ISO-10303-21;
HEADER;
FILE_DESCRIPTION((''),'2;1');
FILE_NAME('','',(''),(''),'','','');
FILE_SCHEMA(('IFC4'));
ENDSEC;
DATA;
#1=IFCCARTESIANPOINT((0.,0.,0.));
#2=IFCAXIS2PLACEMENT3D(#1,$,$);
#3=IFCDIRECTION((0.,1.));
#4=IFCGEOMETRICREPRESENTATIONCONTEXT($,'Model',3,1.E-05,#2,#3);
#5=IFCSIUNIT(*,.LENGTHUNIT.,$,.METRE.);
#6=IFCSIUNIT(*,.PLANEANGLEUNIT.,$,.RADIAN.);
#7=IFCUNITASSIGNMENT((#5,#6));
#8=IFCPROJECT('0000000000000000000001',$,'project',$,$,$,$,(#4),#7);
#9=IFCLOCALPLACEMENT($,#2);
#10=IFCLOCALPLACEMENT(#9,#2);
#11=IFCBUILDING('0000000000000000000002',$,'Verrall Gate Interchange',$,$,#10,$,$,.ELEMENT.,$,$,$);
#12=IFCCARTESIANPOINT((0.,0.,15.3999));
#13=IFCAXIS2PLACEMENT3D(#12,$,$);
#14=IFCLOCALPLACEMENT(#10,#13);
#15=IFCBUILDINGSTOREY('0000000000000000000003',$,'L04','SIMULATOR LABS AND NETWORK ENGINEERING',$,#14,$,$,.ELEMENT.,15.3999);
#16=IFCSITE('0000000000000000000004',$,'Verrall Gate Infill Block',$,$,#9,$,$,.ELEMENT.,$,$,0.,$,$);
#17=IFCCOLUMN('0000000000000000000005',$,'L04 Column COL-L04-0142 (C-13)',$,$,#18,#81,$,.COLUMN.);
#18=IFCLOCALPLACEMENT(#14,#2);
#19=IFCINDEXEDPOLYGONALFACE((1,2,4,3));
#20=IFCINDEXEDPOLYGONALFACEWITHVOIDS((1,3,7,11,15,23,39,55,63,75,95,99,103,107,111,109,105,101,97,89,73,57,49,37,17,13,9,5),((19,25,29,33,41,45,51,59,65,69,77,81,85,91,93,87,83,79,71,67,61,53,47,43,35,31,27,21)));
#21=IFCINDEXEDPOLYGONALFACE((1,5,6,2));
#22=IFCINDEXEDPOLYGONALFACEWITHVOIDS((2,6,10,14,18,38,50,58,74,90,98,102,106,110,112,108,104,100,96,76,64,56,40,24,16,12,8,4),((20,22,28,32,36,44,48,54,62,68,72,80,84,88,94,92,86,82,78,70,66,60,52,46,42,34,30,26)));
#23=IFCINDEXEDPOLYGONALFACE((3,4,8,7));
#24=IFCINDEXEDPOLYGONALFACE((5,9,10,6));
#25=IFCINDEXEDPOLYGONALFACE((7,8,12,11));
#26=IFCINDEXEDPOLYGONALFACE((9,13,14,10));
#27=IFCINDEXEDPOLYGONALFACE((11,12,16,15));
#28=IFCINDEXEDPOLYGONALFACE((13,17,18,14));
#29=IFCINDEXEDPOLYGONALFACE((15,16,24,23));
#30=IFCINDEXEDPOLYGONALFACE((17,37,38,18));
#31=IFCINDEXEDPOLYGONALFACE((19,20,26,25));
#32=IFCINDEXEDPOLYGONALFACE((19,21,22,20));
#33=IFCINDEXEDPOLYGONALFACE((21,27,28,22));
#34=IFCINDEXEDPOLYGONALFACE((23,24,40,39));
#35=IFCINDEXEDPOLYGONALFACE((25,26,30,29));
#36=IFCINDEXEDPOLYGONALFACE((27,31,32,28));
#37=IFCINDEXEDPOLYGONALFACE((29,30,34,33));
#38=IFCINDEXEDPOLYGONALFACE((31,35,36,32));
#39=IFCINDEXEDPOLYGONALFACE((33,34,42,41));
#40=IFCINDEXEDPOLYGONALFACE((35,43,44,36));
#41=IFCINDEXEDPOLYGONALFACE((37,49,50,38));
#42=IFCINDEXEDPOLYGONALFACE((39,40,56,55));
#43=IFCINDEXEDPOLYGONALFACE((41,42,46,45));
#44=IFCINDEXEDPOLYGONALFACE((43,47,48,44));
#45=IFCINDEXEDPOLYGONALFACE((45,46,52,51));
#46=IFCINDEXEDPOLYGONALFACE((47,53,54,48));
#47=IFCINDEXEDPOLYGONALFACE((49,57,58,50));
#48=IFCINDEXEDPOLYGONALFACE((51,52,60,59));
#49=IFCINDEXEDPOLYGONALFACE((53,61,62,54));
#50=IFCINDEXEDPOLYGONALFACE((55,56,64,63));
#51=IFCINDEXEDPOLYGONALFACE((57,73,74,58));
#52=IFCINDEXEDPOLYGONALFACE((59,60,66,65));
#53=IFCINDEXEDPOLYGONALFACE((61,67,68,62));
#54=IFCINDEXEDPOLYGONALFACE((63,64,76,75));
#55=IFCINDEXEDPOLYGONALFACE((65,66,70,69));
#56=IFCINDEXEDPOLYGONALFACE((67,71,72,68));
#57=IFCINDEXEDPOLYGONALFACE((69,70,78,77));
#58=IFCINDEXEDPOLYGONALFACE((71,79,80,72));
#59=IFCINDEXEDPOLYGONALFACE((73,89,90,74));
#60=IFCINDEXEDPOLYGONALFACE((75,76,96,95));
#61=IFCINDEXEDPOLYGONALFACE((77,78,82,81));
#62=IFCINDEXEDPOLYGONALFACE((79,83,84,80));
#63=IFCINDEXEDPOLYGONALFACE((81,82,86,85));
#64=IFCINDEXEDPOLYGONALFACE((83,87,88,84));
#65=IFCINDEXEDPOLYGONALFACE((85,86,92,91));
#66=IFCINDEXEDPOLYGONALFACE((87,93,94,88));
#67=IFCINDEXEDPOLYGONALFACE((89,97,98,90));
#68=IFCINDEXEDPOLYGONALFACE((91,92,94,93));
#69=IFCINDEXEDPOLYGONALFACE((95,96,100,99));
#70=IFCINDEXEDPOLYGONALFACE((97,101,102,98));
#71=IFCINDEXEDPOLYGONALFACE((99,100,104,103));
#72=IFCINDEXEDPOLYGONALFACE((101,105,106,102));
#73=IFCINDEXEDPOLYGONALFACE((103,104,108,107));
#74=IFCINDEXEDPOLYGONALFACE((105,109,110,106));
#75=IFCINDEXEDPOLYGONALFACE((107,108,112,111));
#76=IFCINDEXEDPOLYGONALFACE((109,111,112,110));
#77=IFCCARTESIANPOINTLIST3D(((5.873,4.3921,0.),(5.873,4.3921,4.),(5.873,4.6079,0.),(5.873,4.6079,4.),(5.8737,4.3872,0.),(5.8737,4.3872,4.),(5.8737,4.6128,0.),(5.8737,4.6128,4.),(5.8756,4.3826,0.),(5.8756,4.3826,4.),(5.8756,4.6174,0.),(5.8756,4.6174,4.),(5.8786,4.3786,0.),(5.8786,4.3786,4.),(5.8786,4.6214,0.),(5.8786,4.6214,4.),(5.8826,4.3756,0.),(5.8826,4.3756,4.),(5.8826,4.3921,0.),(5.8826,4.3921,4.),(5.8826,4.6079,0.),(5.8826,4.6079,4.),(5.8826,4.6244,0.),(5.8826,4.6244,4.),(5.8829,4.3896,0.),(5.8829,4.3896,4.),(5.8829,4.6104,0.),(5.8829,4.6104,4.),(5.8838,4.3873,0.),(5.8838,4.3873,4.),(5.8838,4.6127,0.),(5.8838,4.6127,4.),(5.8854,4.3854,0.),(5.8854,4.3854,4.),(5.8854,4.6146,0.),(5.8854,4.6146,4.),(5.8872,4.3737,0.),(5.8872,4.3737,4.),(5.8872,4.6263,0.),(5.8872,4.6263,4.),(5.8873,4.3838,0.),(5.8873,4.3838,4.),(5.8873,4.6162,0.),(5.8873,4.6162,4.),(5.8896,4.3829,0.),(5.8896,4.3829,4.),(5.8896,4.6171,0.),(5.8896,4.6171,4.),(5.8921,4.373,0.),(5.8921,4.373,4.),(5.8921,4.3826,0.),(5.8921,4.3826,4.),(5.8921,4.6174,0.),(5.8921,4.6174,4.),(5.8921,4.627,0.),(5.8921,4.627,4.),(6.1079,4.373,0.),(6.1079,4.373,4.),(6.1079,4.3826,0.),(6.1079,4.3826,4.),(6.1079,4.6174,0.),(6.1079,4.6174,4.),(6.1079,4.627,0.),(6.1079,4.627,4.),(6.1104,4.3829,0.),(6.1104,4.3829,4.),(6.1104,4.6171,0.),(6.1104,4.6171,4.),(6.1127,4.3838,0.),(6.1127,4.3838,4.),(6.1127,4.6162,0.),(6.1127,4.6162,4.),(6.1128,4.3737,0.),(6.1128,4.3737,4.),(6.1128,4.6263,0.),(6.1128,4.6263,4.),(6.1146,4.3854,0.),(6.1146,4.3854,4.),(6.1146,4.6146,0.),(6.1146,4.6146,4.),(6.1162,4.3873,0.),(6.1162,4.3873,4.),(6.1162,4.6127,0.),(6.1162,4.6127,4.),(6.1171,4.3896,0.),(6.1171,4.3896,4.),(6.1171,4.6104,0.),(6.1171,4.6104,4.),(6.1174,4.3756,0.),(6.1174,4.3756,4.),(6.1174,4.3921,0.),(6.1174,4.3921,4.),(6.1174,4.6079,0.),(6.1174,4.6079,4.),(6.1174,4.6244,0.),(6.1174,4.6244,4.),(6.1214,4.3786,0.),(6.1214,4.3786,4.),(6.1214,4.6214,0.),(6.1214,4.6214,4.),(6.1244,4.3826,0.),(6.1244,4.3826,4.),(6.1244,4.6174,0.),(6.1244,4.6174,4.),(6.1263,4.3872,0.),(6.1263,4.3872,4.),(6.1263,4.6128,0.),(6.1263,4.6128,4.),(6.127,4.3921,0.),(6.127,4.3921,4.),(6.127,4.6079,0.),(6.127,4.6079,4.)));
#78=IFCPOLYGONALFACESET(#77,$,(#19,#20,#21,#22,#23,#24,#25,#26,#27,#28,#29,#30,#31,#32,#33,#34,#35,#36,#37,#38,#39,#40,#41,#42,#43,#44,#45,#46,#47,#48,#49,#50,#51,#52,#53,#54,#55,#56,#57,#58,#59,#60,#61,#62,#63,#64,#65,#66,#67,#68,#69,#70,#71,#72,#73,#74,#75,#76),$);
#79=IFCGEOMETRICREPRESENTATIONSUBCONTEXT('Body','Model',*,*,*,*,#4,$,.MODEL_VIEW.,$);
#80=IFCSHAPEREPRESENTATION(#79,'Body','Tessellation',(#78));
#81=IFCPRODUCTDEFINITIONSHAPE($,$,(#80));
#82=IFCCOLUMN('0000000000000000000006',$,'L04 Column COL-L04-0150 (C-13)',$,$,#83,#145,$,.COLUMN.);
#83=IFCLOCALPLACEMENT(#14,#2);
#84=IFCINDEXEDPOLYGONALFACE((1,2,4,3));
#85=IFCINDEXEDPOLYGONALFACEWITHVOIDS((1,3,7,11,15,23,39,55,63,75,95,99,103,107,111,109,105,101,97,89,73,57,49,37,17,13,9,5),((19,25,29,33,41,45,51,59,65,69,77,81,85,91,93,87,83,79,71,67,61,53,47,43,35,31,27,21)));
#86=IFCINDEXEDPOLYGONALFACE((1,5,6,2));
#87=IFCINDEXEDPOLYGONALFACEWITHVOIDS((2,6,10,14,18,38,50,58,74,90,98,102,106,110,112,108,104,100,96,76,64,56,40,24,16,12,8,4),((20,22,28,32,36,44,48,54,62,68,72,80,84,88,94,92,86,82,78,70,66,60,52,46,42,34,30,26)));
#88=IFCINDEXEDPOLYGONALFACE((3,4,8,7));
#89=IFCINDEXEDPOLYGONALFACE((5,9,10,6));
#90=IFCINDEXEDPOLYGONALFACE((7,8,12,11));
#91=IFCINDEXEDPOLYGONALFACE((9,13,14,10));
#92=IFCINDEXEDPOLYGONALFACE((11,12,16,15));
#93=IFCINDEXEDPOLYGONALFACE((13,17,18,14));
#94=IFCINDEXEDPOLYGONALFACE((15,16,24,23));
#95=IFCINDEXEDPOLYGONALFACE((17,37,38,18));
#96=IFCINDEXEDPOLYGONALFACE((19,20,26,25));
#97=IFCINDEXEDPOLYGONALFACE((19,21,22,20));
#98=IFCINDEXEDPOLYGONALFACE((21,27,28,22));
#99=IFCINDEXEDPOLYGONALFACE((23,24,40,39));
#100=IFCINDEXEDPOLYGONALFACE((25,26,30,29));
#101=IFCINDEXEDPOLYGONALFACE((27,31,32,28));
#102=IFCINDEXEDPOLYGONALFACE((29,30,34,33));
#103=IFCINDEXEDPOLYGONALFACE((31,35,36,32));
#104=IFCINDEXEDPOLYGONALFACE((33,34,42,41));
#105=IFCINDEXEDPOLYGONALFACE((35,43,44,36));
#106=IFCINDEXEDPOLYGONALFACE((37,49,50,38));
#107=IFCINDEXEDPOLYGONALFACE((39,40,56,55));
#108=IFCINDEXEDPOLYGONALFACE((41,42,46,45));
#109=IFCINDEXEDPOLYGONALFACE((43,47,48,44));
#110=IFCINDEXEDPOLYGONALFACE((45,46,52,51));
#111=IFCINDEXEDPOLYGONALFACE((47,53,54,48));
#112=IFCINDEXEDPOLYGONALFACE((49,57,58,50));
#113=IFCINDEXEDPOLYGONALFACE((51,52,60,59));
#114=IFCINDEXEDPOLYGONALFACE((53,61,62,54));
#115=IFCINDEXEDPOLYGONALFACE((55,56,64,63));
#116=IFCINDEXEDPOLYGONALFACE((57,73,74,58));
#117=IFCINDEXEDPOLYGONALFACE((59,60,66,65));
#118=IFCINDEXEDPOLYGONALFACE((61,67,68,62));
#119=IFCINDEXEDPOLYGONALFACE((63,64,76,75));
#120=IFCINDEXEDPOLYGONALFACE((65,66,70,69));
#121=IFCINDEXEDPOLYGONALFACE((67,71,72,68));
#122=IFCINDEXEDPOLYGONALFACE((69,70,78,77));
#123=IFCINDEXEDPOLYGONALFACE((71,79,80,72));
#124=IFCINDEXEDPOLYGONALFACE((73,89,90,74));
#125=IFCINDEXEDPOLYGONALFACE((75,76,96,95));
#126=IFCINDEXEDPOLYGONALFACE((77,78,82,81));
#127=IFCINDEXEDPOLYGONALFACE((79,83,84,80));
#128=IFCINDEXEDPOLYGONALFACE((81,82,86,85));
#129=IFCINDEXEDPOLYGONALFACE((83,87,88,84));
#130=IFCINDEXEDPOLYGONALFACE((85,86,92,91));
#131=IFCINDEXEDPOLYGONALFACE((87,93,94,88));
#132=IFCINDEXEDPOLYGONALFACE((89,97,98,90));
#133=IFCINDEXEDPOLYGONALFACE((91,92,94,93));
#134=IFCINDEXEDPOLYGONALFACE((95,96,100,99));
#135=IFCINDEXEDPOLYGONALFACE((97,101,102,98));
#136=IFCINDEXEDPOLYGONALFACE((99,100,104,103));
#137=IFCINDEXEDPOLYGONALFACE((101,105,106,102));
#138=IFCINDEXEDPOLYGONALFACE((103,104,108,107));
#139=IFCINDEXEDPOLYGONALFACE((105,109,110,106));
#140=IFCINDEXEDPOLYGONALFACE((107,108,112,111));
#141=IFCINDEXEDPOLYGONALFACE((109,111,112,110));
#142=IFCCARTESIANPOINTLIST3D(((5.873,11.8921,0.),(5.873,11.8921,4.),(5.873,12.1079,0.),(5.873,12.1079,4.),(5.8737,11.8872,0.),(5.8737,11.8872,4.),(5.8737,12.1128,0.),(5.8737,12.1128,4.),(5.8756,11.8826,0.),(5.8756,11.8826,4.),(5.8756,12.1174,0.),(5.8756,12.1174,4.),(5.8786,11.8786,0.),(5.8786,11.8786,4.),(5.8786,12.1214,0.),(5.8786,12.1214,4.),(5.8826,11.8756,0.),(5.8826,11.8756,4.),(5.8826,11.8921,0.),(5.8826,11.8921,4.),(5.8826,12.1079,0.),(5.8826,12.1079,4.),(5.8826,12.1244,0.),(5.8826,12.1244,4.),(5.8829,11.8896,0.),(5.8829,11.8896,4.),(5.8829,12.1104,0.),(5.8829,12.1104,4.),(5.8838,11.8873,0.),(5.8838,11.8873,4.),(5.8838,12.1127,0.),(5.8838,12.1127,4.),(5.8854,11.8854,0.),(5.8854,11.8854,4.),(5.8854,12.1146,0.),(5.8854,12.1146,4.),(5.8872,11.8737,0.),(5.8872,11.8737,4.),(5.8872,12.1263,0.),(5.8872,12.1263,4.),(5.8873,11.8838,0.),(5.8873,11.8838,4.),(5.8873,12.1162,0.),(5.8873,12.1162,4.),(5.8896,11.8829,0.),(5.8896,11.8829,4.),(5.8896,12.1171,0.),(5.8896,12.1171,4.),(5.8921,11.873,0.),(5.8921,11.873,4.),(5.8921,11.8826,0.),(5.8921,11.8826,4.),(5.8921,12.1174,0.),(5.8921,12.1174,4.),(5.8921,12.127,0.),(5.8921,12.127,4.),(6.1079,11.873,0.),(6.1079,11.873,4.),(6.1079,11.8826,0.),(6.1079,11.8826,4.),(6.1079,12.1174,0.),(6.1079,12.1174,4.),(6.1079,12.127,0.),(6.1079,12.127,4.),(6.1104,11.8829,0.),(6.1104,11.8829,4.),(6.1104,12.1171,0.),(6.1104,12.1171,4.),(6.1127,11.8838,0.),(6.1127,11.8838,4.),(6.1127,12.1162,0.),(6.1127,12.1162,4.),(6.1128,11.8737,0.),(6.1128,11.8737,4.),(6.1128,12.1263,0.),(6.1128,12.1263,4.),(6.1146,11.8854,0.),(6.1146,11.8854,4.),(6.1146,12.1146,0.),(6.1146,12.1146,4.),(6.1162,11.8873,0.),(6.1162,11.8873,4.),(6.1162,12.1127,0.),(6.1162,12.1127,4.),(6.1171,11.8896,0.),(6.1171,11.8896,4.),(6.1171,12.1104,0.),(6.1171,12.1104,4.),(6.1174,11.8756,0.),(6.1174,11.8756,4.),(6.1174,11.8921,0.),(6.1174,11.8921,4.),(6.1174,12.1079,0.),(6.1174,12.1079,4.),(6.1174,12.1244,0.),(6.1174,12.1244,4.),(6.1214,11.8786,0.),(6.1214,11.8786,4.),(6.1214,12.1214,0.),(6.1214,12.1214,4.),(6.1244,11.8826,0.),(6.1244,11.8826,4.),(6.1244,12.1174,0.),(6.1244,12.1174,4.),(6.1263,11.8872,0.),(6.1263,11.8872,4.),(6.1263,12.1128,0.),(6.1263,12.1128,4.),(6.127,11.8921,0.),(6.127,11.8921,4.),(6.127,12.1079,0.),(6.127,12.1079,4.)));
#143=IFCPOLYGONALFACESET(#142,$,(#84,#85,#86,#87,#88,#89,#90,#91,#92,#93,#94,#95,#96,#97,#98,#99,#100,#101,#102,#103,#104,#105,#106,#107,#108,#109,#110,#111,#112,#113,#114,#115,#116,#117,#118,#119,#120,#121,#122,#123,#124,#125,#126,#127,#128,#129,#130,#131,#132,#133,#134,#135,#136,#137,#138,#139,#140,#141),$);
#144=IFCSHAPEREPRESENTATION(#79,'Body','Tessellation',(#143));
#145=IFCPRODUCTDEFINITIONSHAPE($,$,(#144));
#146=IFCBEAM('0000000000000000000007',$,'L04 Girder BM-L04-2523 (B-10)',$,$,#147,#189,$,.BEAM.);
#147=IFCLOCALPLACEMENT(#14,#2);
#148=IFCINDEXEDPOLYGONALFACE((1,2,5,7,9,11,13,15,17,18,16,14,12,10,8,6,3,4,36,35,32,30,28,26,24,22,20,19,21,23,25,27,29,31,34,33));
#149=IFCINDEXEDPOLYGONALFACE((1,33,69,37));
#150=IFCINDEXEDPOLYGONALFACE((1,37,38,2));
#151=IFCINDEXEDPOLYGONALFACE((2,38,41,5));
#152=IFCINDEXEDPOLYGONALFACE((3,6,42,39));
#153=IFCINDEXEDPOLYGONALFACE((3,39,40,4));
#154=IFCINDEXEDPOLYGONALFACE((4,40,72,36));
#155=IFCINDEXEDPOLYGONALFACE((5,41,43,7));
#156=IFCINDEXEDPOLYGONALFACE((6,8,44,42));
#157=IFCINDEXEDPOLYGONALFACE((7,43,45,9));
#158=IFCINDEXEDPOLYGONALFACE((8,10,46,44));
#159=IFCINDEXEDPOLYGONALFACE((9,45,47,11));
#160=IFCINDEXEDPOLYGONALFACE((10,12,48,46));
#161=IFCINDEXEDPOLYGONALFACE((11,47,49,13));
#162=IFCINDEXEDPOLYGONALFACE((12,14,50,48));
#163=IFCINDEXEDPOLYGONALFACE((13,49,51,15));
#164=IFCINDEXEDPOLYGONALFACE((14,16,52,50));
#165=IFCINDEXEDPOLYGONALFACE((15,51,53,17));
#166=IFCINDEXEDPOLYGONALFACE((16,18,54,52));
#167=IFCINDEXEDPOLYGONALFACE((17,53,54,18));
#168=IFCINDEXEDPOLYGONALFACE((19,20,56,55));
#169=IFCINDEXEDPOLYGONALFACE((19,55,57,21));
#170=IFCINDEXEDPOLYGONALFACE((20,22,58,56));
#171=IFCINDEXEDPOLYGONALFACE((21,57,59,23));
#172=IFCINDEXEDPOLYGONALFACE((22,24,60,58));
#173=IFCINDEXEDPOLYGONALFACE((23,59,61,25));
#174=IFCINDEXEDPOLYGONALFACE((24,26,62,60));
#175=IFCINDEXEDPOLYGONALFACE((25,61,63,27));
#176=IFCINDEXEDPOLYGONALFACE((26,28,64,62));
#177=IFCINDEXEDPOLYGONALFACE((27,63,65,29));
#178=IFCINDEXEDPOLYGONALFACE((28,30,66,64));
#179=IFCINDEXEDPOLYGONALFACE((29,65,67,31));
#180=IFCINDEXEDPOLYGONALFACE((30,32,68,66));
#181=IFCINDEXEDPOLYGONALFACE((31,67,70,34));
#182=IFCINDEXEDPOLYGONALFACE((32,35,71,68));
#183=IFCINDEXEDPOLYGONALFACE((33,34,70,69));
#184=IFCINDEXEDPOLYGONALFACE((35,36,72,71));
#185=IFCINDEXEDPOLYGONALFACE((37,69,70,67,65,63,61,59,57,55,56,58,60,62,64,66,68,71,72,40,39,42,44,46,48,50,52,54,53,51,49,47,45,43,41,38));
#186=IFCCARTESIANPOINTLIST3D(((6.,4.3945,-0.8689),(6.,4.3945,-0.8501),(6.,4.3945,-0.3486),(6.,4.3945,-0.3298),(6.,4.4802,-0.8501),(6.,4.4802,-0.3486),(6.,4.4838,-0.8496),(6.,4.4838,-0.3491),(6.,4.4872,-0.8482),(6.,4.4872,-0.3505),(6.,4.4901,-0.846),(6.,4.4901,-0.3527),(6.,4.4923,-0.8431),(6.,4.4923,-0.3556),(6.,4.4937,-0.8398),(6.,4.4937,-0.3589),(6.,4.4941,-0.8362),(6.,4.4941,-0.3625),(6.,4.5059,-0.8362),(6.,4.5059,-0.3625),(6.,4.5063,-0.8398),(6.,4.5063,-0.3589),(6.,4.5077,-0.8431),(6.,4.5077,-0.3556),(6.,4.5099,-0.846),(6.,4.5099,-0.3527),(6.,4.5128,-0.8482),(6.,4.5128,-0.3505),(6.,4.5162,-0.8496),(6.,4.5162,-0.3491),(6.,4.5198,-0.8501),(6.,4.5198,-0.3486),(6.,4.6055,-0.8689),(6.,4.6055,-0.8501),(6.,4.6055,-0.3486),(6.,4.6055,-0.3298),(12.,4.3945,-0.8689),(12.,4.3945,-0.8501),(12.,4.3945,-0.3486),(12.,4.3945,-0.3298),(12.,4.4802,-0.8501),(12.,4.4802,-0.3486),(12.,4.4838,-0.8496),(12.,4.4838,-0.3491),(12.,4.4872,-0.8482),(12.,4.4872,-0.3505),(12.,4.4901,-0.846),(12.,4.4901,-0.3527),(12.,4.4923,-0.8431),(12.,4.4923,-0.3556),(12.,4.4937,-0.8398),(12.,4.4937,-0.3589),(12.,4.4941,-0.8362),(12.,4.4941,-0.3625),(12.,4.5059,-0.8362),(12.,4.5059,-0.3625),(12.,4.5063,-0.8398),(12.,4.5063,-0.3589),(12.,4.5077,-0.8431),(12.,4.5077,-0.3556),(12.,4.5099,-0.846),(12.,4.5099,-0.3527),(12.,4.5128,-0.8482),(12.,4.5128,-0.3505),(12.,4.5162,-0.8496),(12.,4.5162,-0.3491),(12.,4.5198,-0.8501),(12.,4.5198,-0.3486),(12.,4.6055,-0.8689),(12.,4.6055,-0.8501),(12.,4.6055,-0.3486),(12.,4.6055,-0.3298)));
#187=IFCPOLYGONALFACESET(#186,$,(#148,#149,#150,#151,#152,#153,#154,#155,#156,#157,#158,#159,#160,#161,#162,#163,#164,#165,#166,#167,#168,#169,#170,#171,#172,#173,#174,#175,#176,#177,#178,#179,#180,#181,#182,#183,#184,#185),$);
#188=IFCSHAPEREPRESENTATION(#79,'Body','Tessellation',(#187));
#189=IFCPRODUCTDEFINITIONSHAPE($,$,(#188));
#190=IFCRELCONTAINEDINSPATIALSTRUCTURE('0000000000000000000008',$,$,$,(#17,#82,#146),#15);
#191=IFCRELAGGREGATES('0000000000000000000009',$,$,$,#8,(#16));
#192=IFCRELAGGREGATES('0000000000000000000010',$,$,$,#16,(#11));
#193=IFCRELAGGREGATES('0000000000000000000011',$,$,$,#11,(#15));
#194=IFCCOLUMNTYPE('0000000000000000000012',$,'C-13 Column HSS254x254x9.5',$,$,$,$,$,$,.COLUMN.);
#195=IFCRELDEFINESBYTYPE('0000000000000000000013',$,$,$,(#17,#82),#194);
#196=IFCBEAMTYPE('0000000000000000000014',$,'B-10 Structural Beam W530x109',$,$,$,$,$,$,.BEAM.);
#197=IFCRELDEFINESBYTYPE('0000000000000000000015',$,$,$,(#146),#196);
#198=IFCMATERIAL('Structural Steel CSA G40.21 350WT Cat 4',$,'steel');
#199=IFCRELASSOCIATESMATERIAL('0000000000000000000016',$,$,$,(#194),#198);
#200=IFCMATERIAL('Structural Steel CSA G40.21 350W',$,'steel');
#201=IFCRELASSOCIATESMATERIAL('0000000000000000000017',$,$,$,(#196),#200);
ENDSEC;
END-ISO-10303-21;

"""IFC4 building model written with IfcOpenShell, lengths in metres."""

from ifc_helpers import new_model, si_unit, direction, frame, origin, origin_2d, place, context, subcontext, project, spatial, hollow_rectangle, i_section, extrude, material, material_profile, profile_set, type_object, element, save


model = new_model("IFC4")

# Units and contexts
model_context = context("Model", 3, precision=1e-05, world=origin(), true_north=direction((0.0, 1.0)))
body_context = subcontext(model_context, "Body", "Model", "MODEL_VIEW")
ifc_project = project(units=[si_unit("LENGTHUNIT", "METRE"), si_unit("PLANEANGLEUNIT", "RADIAN")], contexts=[model_context])

# Site, building, storey
site_placement = place(None, origin())
site = spatial("IfcSite", under=ifc_project, at=site_placement, Name="Verrall Gate Infill Block", CompositionType="ELEMENT", RefElevation=0.0)
building_placement = place(site_placement, origin())
building = spatial("IfcBuilding", under=site, at=building_placement, Name="Verrall Gate Interchange", CompositionType="ELEMENT")
storey_placement = place(building_placement, frame((0.0, 0.0, 15.3999)))
storey = spatial("IfcBuildingStorey", under=building, at=storey_placement, Name="L04", Description="SIMULATOR LABS AND NETWORK ENGINEERING", CompositionType="ELEMENT", Elevation=15.3999)

# Columns
ifc_material_1 = material(Name="Structural Steel CSA G40.21 350WT Cat 4", Category="steel")
ifc_material_profile_1 = material_profile(ifc_material_1, hollow_rectangle(XDim=0.2539, YDim=0.2539, WallThickness=0.0095, InnerFilletRadius=0.0095, OuterFilletRadius=0.019, at=origin_2d()), Name="HSS254x254x9.5")
ifc_profile_set_1 = profile_set([ifc_material_profile_1], Name="Structural Steel CSA G40.21 350WT Cat 4")
column_type_1 = type_object("IfcColumnType", Name="C-13 Column HSS254x254x9.5", PredefinedType="COLUMN", material=ifc_profile_set_1)
for number, where, z_axis, x_axis, name in (
    (1, (6.0, 4.5, 0.0), (0.0, 0.0, 1.0), (1.0, 0.0, 0.0), "L04 Column COL-L04-0142 (C-13)"),
    (2, (6.0, 12.0, 0.0), (0.0, 0.0, 1.0), (1.0, 0.0, 0.0), "L04 Column COL-L04-0150 (C-13)"),
):
    element("IfcColumn", number, at=place(storey_placement, frame(where, z_axis=z_axis, x_axis=x_axis)), inside=storey, type_object=column_type_1, Name=name, PredefinedType="COLUMN", context=body_context, shape_type="SweptSolid", body=[
        extrude(hollow_rectangle(XDim=0.2539, YDim=0.2539, WallThickness=0.0095, InnerFilletRadius=0.0095, OuterFilletRadius=0.019, at=origin_2d()), origin(), (0.0, 0.0, 1.0), 4.0),
    ])

# Beam
ifc_material_2 = material(Name="Structural Steel CSA G40.21 350W", Category="steel")
ifc_material_profile_2 = material_profile(ifc_material_2, i_section(OverallWidth=0.2109, OverallDepth=0.5391, WebThickness=0.0117, FlangeThickness=0.0188, FilletRadius=0.0139, at=origin_2d()), Name="W530x109")
ifc_profile_set_2 = profile_set([ifc_material_profile_2], Name="Structural Steel CSA G40.21 350W")
beam_type_1 = type_object("IfcBeamType", Name="B-10 Structural Beam W530x109", PredefinedType="BEAM", material=ifc_profile_set_2)
beam_1_placement = place(storey_placement, frame((6.0, 4.5, -0.5994), z_axis=(1.0, 0.0, 0.0), x_axis=(0.0, 1.0, 0.0)))
element("IfcBeam", 3, at=beam_1_placement, inside=storey, type_object=beam_type_1, Name="L04 Girder BM-L04-2523 (B-10)", PredefinedType="BEAM", context=body_context, shape_type="SweptSolid", body=[
    extrude(i_section(OverallWidth=0.2109, OverallDepth=0.5391, WebThickness=0.0117, FlangeThickness=0.0188, FilletRadius=0.0139, at=origin_2d()), origin(), (0.0, 0.0, 1.0), 6.0),
])

save(model, "model.ifc")
